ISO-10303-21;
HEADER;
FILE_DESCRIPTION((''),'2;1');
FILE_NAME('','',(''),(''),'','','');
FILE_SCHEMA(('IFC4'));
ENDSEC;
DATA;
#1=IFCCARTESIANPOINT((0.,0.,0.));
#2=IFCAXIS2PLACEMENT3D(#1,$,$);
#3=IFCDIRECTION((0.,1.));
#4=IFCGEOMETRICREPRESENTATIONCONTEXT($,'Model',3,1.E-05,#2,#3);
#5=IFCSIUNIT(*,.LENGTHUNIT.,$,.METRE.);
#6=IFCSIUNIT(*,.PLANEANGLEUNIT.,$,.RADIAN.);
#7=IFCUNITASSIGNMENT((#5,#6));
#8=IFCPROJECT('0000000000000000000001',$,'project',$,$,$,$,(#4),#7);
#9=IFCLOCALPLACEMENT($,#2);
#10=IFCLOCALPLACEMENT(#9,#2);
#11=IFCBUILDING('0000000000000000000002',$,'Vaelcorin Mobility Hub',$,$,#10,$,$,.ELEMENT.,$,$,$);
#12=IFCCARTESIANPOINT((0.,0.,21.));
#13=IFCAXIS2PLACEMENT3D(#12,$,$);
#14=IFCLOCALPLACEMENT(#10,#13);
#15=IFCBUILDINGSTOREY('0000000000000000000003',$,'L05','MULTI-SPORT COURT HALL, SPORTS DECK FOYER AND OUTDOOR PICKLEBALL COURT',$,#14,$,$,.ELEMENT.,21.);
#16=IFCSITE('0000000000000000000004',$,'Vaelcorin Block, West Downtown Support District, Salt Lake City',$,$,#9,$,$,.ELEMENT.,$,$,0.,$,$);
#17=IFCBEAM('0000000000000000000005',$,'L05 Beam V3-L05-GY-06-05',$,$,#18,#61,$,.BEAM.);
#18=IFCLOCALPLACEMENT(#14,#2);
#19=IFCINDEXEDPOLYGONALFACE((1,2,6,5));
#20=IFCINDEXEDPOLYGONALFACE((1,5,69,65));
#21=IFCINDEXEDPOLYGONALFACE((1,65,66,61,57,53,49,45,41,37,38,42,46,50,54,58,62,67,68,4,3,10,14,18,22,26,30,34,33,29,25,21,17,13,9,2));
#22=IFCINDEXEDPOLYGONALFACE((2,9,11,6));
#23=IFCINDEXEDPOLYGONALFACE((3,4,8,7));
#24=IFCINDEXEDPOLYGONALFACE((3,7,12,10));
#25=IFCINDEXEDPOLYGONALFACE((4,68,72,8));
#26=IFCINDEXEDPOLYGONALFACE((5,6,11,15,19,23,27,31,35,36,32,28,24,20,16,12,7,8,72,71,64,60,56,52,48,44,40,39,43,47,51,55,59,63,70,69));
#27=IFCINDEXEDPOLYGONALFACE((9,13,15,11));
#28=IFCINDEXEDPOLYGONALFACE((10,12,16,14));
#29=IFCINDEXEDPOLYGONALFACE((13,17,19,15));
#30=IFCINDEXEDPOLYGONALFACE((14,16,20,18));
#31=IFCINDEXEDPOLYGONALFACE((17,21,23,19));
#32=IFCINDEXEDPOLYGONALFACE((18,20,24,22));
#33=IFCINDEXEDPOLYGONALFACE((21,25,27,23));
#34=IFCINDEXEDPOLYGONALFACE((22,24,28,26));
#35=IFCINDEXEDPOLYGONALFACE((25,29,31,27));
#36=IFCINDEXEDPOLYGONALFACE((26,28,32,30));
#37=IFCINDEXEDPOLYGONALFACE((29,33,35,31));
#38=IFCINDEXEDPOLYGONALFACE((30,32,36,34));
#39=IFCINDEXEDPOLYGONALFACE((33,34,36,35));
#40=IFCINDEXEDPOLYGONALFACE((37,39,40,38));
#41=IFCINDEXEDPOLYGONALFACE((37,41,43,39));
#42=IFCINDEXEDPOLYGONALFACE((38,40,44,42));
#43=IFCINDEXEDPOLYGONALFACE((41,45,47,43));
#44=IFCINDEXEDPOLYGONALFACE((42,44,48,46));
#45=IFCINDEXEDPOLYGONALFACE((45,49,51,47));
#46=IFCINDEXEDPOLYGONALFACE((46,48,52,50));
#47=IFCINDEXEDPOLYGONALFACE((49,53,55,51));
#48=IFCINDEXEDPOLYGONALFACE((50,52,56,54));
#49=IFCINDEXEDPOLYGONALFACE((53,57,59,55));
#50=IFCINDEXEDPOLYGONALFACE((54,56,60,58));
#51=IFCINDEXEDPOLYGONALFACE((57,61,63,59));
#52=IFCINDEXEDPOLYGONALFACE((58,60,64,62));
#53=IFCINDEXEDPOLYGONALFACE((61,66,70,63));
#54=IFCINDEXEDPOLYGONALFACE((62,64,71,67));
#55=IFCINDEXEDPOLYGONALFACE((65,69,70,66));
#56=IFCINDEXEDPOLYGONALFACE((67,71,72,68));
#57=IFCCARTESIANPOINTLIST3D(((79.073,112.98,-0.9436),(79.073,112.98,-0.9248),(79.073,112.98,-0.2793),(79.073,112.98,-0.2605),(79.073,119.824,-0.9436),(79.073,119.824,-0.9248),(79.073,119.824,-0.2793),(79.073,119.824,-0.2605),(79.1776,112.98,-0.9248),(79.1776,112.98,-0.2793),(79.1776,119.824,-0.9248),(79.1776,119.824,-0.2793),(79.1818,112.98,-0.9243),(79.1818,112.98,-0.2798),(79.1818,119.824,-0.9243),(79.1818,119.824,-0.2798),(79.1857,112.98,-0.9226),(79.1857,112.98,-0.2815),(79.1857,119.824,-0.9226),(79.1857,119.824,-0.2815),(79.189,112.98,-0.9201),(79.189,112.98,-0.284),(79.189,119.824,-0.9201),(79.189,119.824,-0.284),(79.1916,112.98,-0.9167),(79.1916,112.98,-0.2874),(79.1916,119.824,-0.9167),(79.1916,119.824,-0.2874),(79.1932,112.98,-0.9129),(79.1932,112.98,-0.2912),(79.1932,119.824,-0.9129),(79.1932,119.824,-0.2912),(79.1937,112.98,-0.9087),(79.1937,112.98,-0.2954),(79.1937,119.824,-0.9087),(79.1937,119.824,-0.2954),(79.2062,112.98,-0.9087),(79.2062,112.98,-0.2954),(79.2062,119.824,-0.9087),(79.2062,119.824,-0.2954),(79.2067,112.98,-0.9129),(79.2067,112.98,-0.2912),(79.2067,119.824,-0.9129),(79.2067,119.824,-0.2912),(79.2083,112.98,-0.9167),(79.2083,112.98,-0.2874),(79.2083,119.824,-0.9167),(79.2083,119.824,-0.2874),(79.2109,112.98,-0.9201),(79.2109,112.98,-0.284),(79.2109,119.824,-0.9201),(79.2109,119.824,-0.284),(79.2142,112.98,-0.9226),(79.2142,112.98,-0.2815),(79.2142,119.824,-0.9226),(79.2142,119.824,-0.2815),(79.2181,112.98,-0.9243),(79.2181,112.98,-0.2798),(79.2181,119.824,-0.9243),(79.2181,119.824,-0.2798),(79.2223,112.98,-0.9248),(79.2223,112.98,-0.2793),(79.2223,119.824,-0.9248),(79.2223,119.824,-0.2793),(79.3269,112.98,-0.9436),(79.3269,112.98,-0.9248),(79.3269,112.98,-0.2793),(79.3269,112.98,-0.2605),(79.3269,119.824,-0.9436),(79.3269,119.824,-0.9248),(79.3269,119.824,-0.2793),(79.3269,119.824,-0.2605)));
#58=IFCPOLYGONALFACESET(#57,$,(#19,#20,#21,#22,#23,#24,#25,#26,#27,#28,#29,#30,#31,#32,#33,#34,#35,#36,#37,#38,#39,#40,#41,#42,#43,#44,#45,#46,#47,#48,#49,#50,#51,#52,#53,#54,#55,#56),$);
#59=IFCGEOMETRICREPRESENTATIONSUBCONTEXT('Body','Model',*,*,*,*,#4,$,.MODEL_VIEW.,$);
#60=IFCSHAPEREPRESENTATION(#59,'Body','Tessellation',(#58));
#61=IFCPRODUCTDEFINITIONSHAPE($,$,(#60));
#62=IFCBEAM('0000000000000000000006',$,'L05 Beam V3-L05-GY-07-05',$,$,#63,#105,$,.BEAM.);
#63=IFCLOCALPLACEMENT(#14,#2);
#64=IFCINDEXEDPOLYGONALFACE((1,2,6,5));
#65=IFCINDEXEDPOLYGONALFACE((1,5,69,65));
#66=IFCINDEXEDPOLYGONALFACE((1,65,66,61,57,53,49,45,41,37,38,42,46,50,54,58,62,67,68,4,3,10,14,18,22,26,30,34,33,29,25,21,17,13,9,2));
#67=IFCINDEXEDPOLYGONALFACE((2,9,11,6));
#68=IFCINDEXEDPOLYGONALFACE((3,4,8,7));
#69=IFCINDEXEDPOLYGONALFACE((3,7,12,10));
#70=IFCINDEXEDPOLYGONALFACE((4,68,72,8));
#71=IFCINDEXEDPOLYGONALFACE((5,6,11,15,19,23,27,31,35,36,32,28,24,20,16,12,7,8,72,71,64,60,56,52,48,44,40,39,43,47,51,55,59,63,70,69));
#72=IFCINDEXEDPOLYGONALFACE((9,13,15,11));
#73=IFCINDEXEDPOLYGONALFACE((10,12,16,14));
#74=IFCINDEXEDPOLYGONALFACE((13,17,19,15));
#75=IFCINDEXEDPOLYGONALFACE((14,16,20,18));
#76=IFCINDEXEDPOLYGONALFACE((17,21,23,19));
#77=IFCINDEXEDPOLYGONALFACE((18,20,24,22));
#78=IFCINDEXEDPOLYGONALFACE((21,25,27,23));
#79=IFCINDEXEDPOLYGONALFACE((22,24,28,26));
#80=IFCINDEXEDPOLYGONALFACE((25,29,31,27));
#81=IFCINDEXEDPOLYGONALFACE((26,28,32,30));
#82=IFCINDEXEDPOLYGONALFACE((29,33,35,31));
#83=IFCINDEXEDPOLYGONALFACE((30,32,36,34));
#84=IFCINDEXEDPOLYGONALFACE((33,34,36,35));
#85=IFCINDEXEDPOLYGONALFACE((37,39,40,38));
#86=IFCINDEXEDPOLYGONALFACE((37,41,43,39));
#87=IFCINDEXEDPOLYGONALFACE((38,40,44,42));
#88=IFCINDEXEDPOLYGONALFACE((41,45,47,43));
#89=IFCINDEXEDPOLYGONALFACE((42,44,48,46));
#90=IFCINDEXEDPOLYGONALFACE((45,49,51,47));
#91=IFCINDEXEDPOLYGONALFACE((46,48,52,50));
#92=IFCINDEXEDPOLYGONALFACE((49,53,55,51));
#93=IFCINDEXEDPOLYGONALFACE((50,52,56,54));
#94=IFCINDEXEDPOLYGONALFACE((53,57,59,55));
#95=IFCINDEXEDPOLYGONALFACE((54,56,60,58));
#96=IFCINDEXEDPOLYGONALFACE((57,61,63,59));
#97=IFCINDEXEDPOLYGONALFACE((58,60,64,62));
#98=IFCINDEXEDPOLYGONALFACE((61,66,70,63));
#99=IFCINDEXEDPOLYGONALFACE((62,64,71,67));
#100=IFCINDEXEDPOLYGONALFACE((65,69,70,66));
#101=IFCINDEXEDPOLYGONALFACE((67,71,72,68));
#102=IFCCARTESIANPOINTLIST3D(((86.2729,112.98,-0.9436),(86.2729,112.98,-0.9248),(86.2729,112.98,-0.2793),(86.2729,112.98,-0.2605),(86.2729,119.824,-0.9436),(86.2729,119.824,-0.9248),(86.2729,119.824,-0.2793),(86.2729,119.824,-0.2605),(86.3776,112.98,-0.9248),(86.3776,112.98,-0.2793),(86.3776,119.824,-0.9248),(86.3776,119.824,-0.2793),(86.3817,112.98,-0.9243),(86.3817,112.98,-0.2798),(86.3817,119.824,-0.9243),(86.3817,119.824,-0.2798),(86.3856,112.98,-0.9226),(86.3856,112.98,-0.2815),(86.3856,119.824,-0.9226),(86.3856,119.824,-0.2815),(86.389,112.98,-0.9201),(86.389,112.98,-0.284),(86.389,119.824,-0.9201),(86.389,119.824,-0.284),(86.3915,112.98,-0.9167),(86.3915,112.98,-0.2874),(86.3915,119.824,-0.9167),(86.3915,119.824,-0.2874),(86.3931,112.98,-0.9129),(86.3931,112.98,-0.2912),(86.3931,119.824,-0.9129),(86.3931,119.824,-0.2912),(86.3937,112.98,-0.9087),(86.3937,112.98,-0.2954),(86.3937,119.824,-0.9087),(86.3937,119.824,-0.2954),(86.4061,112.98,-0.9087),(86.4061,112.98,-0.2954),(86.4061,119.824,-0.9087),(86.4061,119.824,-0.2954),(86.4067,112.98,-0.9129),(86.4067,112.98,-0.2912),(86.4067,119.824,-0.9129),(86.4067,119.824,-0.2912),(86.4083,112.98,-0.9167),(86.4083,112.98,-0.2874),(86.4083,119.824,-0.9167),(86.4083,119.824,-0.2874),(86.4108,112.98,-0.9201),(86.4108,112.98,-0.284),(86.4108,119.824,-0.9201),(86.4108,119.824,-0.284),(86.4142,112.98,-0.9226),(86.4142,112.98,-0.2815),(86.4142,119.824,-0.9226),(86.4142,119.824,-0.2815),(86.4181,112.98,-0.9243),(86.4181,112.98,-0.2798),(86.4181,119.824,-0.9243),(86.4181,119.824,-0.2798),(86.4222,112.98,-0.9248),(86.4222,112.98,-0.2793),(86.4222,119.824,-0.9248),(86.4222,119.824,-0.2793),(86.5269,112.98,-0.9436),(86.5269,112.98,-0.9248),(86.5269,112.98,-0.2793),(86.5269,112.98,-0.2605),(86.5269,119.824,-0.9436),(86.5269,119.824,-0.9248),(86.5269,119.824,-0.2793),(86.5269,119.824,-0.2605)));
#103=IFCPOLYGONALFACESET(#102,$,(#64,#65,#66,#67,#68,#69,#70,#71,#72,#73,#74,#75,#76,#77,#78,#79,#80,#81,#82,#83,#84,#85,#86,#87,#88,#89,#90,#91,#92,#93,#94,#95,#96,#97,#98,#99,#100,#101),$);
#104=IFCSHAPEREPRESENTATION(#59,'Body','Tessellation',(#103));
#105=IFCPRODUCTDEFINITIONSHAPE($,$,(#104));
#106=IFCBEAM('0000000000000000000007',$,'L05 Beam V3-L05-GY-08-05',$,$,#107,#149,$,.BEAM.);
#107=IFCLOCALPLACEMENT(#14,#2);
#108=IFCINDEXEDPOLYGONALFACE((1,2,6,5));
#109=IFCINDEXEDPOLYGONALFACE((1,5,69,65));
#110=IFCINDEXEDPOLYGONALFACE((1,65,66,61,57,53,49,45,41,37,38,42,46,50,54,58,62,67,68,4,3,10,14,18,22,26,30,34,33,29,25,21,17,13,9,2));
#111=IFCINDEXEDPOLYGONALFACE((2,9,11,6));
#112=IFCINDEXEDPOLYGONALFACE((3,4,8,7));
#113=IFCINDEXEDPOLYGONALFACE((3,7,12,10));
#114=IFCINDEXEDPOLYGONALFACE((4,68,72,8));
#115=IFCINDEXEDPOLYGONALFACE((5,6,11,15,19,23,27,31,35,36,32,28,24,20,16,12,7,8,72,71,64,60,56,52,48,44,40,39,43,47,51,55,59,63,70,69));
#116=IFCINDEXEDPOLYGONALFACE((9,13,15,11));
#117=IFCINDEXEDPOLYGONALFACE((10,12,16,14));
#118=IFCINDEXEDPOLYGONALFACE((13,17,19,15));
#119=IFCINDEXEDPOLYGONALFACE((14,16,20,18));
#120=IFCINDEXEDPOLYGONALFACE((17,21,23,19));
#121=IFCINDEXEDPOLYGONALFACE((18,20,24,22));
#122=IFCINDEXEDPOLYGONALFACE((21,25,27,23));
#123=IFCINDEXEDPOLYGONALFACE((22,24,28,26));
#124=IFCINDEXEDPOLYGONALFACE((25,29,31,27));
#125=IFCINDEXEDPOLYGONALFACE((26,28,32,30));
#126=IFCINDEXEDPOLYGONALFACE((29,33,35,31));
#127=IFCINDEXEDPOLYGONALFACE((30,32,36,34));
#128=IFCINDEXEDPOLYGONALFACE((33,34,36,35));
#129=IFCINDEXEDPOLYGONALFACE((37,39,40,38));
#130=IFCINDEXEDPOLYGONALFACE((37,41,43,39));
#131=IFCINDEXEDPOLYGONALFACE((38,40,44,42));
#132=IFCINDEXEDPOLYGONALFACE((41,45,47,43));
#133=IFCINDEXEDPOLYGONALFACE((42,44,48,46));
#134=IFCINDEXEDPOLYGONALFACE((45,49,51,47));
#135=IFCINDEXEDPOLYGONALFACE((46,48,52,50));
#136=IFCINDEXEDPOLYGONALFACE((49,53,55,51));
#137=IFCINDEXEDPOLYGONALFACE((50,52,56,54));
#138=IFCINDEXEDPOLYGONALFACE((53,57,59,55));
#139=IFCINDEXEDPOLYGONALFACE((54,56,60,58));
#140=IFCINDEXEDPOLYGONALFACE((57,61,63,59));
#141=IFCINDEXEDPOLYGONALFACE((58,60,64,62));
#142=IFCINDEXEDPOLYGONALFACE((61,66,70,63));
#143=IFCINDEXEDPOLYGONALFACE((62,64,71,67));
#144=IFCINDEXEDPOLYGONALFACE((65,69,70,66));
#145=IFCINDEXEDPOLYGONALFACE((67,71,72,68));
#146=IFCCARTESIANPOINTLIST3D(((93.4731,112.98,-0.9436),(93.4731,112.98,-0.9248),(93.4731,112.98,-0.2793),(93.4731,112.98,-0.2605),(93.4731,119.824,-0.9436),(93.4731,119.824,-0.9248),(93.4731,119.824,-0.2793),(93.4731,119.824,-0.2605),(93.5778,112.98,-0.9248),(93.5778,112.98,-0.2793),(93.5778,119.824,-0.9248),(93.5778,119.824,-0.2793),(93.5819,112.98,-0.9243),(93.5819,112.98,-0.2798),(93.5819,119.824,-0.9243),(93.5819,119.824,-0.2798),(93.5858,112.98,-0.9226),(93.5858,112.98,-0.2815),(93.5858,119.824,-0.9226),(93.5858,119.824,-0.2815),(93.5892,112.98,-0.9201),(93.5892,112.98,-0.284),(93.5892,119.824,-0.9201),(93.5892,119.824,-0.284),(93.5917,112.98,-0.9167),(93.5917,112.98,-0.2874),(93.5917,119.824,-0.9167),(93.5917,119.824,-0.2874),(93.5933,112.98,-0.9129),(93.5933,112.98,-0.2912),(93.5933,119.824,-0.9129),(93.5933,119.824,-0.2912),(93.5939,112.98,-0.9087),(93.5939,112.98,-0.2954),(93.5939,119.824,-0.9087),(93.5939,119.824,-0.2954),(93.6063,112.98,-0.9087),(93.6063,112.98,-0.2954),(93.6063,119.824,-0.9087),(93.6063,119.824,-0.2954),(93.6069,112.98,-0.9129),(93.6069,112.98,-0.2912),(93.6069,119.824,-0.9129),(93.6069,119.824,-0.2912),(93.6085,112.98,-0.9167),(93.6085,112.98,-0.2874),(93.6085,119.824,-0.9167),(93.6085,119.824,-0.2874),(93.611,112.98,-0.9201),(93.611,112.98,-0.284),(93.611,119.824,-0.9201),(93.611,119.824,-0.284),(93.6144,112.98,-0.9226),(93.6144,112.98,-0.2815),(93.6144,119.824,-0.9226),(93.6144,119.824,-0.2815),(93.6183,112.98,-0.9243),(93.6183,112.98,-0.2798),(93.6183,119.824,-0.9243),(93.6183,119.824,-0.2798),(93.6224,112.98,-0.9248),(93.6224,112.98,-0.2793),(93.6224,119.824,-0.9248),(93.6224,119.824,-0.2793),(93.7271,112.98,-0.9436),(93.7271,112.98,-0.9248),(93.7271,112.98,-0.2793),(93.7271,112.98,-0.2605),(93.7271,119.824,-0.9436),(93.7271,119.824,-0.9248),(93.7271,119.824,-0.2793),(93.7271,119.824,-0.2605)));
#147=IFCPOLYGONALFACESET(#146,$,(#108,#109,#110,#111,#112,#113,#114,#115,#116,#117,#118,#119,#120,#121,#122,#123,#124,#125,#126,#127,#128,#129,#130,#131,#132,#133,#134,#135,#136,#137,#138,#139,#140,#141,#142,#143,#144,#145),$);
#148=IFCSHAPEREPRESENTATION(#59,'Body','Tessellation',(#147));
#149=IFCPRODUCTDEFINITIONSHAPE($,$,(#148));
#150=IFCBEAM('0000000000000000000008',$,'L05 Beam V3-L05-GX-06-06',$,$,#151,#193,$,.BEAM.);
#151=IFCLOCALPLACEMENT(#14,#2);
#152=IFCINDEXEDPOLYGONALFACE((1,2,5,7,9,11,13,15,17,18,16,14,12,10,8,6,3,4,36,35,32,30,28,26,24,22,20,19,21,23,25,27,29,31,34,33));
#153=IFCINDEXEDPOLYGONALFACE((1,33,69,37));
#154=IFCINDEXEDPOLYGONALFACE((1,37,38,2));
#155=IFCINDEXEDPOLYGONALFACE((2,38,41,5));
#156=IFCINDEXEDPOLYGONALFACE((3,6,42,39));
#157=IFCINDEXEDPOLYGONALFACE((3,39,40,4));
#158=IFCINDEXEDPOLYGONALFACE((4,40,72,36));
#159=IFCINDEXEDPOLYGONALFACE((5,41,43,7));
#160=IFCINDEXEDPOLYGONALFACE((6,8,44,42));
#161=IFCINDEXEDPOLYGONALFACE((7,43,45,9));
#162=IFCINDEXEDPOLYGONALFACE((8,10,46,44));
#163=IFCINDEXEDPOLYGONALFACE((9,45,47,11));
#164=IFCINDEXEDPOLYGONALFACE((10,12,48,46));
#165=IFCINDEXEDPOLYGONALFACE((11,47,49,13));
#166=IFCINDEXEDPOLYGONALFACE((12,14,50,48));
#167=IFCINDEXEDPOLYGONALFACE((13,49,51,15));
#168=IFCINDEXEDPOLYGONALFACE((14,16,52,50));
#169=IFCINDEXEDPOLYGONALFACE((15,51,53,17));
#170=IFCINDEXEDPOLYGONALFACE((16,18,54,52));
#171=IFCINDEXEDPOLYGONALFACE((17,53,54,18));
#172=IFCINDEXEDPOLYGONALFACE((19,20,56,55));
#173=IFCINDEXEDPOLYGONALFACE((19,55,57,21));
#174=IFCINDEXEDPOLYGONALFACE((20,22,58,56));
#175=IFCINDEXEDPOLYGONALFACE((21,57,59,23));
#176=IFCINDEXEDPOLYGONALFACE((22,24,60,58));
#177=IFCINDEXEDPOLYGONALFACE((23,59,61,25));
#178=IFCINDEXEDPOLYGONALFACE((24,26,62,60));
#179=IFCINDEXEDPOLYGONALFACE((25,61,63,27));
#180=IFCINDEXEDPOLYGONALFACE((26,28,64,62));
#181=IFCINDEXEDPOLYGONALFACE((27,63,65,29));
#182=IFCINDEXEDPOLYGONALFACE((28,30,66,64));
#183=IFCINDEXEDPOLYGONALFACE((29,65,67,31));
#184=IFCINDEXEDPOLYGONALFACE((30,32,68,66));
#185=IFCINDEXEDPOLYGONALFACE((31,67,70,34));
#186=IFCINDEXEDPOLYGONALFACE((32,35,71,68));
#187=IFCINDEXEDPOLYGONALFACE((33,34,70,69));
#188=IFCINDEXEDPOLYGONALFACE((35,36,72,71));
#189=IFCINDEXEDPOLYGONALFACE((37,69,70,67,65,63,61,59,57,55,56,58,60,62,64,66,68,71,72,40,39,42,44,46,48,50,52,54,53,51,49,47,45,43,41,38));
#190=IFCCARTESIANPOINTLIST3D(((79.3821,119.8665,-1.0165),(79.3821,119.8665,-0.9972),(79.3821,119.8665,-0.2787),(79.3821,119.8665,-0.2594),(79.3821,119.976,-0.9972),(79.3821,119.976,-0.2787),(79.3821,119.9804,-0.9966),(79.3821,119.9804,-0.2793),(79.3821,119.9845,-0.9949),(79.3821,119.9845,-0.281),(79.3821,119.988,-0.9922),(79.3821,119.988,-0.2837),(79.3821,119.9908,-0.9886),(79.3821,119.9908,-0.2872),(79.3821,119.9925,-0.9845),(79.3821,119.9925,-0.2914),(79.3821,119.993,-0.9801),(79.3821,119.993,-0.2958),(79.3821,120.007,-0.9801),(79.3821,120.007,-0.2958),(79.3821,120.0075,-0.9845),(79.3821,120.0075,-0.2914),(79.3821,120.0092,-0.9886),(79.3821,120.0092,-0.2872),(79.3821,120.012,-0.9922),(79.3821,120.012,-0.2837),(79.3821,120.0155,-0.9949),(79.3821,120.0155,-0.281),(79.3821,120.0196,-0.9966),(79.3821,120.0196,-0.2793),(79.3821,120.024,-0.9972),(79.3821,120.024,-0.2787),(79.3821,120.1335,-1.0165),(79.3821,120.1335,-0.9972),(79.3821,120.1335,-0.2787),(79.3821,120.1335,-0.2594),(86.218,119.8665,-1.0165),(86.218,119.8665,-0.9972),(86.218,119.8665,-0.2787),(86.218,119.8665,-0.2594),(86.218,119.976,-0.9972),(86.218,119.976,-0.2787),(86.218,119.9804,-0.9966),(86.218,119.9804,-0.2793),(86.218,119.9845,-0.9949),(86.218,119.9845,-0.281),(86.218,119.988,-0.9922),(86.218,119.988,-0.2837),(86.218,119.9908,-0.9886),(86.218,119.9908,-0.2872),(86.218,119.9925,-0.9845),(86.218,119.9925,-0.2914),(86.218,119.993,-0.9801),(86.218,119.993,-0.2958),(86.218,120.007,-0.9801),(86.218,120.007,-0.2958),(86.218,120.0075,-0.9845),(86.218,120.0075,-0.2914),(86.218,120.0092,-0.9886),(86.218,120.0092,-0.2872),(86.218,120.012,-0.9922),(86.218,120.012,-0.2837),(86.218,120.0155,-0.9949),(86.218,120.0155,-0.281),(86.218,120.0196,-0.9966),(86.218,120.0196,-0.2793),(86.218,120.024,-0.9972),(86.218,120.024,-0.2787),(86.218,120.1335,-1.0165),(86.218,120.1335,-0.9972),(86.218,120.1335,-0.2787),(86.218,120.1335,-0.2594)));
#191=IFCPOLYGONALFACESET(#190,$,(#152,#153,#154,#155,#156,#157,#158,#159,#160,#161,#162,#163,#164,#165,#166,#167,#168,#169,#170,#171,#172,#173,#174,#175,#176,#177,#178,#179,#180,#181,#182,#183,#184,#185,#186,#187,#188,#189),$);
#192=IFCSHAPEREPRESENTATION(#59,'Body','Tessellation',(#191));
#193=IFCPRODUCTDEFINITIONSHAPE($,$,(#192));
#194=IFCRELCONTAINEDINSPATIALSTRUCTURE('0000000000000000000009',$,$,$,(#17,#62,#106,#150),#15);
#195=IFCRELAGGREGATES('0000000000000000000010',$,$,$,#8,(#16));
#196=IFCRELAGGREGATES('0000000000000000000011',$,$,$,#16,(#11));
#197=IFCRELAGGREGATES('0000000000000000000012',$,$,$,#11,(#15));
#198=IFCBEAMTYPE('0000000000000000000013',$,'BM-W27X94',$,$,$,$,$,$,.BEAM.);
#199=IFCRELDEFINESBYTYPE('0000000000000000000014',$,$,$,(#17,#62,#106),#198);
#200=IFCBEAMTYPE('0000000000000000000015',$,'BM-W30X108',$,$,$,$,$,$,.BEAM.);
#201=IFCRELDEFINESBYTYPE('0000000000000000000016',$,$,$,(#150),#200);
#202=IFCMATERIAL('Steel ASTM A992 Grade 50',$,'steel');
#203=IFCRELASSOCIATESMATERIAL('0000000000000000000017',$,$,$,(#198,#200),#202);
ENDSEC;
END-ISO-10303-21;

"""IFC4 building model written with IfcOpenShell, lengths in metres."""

from ifc_helpers import new_model, si_unit, direction, frame, origin, origin_2d, place, context, subcontext, project, spatial, i_section, extrude, material, material_profile, profile_set, type_object, element, save


model = new_model("IFC4")

# Units and contexts
model_context = context("Model", 3, precision=1e-05, world=origin(), true_north=direction((0.0, 1.0)))
body_context = subcontext(model_context, "Body", "Model", "MODEL_VIEW")
ifc_project = project(units=[si_unit("LENGTHUNIT", "METRE"), si_unit("PLANEANGLEUNIT", "RADIAN")], contexts=[model_context])

# Site, building, storey
site_placement = place(None, origin())
site = spatial("IfcSite", under=ifc_project, at=site_placement, Name="Vaelcorin Block, West Downtown Support District, Salt Lake City", CompositionType="ELEMENT", RefElevation=0.0)
building_placement = place(site_placement, origin())
building = spatial("IfcBuilding", under=site, at=building_placement, Name="Vaelcorin Mobility Hub", CompositionType="ELEMENT")
storey_placement = place(building_placement, frame((0.0, 0.0, 21.0)))
storey = spatial("IfcBuildingStorey", under=building, at=storey_placement, Name="L05", Description="MULTI-SPORT COURT HALL, SPORTS DECK FOYER AND OUTDOOR PICKLEBALL COURT", CompositionType="ELEMENT", Elevation=21.0)

# Shared definitions
ifc_material_1 = material(Name="Steel ASTM A992 Grade 50", Category="steel")

# Beams
ifc_material_profile_1 = material_profile(ifc_material_1, i_section(OverallWidth=0.2539, OverallDepth=0.6831, WebThickness=0.0125, FlangeThickness=0.0188, FilletRadius=0.0161, at=origin_2d()), Name="W27X94")
ifc_profile_set_1 = profile_set([ifc_material_profile_1], Name="Steel ASTM A992 Grade 50")
beam_type_1 = type_object("IfcBeamType", Name="BM-W27X94", PredefinedType="BEAM", material=ifc_profile_set_1)
for number, where, z_axis, x_axis, name in (
    (1, (79.2, 112.98, -0.6021), (0.0, 1.0, 0.0), (-1.0, 0.0, 0.0), "L05 Beam V3-L05-GY-06-05"),
    (2, (86.3999, 112.98, -0.6021), (0.0, 1.0, 0.0), (-1.0, 0.0, 0.0), "L05 Beam V3-L05-GY-07-05"),
    (3, (93.6001, 112.98, -0.6021), (0.0, 1.0, 0.0), (-1.0, 0.0, 0.0), "L05 Beam V3-L05-GY-08-05"),
):
    element("IfcBeam", number, at=place(storey_placement, frame(where, z_axis=z_axis, x_axis=x_axis)), inside=storey, type_object=beam_type_1, Name=name, PredefinedType="BEAM", context=body_context, shape_type="SweptSolid", body=[
        extrude(i_section(OverallWidth=0.2539, OverallDepth=0.6831, WebThickness=0.0125, FlangeThickness=0.0188, FilletRadius=0.0161, at=origin_2d()), origin(), (0.0, 0.0, 1.0), 6.844),
    ])
ifc_material_profile_2 = material_profile(ifc_material_1, i_section(OverallWidth=0.2671, OverallDepth=0.7571, WebThickness=0.0139, FlangeThickness=0.0193, FilletRadius=0.0171, at=origin_2d()), Name="W30X108")
ifc_profile_set_2 = profile_set([ifc_material_profile_2], Name="Steel ASTM A992 Grade 50")
beam_type_2 = type_object("IfcBeamType", Name="BM-W30X108", PredefinedType="BEAM", material=ifc_profile_set_2)
for number, where, z_axis, x_axis, name in (
    (4, (79.3821, 120.0, -0.6379), (1.0, 0.0, 0.0), (0.0, 1.0, 0.0), "L05 Beam V3-L05-GX-06-06"),
):
    element("IfcBeam", number, at=place(storey_placement, frame(where, z_axis=z_axis, x_axis=x_axis)), inside=storey, type_object=beam_type_2, Name=name, PredefinedType="BEAM", context=body_context, shape_type="SweptSolid", body=[
        extrude(i_section(OverallWidth=0.2671, OverallDepth=0.7571, WebThickness=0.0139, FlangeThickness=0.0193, FilletRadius=0.0171, at=origin_2d()), origin(), (0.0, 0.0, 1.0), 6.8359),
    ])

save(model, "model.ifc")
